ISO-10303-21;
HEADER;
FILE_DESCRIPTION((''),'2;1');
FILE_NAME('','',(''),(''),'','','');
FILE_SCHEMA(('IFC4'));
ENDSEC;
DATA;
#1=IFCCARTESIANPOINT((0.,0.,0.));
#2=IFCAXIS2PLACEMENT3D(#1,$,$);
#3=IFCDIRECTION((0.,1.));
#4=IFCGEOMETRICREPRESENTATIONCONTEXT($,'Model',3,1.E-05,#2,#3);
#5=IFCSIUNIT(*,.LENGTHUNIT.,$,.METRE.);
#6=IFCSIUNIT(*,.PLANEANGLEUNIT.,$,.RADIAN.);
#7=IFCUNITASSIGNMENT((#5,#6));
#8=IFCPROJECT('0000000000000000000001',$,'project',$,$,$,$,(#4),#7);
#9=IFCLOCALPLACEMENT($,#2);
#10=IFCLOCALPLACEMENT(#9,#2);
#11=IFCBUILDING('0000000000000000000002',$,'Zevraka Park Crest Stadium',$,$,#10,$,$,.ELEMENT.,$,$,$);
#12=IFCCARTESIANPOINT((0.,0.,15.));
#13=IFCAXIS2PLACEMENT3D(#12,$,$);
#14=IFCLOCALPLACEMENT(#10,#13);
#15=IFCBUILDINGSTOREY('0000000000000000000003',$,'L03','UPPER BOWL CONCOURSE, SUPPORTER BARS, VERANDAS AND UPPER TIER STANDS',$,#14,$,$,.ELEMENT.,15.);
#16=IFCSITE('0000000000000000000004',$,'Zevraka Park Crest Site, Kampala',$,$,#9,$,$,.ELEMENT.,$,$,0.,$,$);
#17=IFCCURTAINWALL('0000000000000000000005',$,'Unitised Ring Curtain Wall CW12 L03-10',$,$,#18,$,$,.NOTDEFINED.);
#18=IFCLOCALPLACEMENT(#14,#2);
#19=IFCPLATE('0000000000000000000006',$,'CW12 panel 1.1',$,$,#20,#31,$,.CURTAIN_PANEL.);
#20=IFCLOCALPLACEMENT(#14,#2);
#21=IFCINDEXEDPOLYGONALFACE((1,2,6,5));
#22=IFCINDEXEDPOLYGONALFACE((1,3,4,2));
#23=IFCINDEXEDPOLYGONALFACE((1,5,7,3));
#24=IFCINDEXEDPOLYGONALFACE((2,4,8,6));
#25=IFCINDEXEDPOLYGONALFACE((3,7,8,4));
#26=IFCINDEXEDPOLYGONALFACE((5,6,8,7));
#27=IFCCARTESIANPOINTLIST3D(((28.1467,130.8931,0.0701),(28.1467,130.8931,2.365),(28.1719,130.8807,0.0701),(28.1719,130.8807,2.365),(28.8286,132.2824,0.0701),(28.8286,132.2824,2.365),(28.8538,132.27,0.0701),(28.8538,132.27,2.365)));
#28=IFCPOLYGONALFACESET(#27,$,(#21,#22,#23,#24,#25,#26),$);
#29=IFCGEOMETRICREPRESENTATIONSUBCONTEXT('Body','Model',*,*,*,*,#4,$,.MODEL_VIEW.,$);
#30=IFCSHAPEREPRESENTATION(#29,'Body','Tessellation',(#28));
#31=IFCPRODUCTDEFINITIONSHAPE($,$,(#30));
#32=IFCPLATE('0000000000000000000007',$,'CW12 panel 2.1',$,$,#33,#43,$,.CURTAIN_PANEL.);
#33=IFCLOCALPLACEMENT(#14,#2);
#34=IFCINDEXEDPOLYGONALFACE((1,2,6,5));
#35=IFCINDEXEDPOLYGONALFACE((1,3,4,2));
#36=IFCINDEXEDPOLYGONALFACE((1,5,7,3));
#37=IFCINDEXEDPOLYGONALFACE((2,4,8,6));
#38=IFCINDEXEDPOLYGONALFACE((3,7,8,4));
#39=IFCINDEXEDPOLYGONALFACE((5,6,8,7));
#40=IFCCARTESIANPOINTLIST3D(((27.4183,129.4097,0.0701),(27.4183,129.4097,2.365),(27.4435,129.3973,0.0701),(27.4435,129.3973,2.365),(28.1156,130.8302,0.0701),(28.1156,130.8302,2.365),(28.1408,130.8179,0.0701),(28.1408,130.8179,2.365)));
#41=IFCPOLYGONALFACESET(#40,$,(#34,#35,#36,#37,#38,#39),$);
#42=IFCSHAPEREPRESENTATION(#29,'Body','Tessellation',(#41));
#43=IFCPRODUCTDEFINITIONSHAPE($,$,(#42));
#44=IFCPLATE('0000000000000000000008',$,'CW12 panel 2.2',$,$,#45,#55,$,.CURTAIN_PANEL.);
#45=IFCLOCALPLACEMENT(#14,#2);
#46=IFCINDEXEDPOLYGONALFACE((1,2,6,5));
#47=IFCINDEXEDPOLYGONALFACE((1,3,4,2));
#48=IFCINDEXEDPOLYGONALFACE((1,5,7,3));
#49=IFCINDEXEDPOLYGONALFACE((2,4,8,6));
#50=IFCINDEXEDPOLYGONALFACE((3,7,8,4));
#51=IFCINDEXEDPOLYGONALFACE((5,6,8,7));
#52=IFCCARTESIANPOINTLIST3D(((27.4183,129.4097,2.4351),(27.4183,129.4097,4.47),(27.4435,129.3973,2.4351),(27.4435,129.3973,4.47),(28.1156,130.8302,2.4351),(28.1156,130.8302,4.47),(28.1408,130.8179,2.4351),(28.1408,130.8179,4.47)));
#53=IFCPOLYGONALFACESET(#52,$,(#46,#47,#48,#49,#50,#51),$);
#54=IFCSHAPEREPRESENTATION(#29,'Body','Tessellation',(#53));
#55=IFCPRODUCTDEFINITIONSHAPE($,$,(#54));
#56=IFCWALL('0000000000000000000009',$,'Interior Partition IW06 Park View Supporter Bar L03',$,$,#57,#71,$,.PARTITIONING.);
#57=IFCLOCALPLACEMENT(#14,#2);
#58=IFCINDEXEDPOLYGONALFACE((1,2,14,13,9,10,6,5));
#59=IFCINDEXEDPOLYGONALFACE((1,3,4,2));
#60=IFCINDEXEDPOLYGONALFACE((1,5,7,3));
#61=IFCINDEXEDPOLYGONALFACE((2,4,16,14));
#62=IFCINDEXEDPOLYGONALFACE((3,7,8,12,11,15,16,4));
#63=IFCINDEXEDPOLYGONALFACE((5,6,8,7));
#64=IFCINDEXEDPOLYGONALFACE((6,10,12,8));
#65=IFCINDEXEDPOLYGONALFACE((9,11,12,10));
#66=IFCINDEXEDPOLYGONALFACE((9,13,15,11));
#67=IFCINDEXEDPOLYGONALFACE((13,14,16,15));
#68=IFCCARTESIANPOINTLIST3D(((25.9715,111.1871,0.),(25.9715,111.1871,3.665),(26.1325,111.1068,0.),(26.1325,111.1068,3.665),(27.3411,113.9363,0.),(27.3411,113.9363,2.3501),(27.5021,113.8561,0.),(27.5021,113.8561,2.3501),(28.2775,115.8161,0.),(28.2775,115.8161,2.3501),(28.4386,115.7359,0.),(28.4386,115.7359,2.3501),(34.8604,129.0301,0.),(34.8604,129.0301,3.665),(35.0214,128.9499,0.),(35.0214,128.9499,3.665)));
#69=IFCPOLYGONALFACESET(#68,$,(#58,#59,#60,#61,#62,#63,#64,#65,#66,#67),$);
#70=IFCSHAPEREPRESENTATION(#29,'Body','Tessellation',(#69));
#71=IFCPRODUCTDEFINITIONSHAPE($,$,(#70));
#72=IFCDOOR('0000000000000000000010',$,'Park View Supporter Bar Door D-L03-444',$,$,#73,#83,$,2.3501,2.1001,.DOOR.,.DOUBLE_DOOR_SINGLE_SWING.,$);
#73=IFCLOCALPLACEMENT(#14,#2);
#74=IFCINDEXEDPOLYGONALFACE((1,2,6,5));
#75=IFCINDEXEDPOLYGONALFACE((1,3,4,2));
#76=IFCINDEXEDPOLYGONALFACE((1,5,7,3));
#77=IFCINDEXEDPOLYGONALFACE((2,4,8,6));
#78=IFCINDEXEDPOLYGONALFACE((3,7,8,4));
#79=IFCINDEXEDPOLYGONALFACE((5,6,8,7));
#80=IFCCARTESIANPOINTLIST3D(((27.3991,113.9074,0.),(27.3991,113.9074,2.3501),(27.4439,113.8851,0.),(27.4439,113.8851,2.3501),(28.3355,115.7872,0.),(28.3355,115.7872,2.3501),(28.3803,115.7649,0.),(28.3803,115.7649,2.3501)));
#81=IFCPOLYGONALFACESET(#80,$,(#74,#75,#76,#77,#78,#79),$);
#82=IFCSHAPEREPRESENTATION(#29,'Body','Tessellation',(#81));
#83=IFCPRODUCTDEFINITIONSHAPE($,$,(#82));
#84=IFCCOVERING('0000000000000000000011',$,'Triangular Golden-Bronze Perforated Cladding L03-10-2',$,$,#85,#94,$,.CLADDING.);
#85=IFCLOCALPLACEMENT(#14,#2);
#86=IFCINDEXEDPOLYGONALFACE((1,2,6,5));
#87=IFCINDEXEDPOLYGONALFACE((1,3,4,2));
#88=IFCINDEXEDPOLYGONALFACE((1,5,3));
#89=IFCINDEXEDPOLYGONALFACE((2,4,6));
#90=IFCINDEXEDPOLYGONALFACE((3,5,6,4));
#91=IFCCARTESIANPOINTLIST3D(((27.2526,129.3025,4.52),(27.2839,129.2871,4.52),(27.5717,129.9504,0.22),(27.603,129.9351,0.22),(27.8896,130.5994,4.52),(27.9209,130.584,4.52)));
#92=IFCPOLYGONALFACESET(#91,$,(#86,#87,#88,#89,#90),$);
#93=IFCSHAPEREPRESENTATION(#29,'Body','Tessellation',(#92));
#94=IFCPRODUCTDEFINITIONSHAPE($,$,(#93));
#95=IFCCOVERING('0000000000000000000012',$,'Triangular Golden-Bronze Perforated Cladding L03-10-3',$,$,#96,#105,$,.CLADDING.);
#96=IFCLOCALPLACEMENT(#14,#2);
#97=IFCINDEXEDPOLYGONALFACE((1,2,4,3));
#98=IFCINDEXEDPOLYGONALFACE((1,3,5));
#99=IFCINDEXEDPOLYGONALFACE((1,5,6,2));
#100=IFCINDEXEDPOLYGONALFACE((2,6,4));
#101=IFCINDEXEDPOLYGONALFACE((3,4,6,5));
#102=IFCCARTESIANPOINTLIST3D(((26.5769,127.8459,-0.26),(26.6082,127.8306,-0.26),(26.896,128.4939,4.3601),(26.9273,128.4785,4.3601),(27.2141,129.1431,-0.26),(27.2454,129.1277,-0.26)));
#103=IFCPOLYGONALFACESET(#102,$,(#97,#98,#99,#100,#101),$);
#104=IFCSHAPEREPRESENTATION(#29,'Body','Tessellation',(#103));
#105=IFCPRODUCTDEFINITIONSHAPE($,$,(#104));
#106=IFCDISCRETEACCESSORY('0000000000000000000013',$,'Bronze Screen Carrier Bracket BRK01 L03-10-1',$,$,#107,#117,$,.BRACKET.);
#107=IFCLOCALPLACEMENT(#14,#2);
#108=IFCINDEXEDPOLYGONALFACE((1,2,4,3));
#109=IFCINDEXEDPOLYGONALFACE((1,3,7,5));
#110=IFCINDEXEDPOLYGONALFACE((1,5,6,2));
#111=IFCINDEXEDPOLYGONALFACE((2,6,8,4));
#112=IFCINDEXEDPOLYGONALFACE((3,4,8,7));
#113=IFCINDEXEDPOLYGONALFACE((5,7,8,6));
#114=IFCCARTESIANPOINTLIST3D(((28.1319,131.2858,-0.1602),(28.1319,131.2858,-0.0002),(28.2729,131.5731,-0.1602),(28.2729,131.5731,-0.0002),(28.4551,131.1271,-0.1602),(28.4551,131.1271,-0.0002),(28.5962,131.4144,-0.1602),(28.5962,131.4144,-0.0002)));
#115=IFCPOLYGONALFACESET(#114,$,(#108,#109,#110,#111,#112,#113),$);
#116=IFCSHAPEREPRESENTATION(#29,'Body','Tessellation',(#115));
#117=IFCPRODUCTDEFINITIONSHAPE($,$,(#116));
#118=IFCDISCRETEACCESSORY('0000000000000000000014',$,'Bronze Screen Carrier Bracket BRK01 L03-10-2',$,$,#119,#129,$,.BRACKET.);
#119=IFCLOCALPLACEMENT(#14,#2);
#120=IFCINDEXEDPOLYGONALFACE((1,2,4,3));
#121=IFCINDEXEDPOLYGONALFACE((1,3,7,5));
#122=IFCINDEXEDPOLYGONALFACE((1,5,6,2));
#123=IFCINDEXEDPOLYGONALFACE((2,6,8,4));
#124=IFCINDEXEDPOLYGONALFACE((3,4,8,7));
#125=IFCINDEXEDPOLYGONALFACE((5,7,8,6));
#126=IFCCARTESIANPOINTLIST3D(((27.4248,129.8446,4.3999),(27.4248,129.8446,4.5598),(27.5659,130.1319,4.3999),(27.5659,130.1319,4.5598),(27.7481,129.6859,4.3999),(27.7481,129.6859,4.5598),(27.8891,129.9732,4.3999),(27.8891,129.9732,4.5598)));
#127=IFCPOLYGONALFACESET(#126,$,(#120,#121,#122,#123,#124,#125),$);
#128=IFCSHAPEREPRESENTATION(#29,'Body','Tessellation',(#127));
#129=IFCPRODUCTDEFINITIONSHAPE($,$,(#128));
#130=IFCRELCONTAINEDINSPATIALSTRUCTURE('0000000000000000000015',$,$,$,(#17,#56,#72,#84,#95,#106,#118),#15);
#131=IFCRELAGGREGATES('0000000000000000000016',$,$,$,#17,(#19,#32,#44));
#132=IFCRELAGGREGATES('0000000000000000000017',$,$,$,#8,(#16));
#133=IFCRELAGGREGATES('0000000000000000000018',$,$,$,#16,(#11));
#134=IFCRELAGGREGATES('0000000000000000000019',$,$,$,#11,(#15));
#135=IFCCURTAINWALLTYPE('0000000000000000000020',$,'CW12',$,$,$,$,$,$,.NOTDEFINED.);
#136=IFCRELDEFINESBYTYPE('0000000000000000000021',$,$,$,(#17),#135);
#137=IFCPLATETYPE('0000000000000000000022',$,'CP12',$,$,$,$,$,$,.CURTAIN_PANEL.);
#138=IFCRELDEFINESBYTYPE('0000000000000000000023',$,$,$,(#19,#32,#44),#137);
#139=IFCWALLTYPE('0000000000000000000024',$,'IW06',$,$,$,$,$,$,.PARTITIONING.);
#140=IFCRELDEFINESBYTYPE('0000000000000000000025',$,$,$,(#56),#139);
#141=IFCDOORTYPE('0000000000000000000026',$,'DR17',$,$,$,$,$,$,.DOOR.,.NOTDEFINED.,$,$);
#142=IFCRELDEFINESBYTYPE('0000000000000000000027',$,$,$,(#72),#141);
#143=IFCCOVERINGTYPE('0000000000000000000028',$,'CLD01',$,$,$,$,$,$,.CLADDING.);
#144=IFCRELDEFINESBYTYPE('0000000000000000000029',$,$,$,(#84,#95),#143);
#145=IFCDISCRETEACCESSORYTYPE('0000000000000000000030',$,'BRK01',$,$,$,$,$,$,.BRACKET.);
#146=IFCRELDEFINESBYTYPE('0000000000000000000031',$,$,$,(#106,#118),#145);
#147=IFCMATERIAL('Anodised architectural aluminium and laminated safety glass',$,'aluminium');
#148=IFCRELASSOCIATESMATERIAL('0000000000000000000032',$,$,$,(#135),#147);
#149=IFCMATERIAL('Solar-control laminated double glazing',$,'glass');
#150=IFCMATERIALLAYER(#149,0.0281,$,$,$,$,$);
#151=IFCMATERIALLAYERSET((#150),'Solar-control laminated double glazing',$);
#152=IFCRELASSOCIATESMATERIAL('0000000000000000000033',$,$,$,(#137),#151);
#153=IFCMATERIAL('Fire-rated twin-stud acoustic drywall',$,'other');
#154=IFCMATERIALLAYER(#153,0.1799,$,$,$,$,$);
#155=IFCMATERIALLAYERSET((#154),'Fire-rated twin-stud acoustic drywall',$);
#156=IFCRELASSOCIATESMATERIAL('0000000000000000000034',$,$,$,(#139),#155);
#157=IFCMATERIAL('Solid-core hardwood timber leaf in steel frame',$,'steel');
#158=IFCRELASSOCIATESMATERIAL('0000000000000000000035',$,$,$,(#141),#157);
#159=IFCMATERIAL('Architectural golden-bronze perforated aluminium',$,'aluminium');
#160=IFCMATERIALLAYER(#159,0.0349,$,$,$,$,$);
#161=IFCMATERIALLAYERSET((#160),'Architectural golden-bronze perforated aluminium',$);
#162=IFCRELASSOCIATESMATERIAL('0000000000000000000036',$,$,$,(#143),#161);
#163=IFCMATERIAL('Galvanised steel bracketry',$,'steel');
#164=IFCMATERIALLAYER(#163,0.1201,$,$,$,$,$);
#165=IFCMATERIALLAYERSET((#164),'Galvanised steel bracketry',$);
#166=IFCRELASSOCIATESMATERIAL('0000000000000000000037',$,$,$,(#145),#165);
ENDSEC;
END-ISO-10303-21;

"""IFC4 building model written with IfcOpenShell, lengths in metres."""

from ifc_helpers import new_model, si_unit, direction, frame, frame_2d, origin, origin_2d, place, context, subcontext, project, spatial, polyline, rectangle, outline, extrude, material, layer, layer_set, type_object, element, fill, aggregate, save


model = new_model("IFC4")

# Units and contexts
model_context = context("Model", 3, precision=1e-05, world=origin(), true_north=direction((0.0, 1.0)))
body_context = subcontext(model_context, "Body", "Model", "MODEL_VIEW")
ifc_project = project(units=[si_unit("LENGTHUNIT", "METRE"), si_unit("PLANEANGLEUNIT", "RADIAN")], contexts=[model_context])

# Site, building, storey
site_placement = place(None, origin())
site = spatial("IfcSite", under=ifc_project, at=site_placement, Name="Zevraka Park Crest Site, Kampala", CompositionType="ELEMENT", RefElevation=0.0)
building_placement = place(site_placement, origin())
building = spatial("IfcBuilding", under=site, at=building_placement, Name="Zevraka Park Crest Stadium", CompositionType="ELEMENT")
storey_placement = place(building_placement, frame((0.0, 0.0, 15.0)))
storey = spatial("IfcBuildingStorey", under=building, at=storey_placement, Name="L03", Description="UPPER BOWL CONCOURSE, SUPPORTER BARS, VERANDAS AND UPPER TIER STANDS", CompositionType="ELEMENT", Elevation=15.0)

# Curtain wall
ifc_material_1 = material(Name="Anodised architectural aluminium and laminated safety glass", Category="aluminium")
curtain_wall_type = type_object("IfcCurtainWallType", Name="CW12", PredefinedType="NOTDEFINED", material=ifc_material_1)
curtain_wall_placement = place(storey_placement, origin())
curtain_wall = element("IfcCurtainWall", 1, at=curtain_wall_placement, inside=storey, type_object=curtain_wall_type, Name="Unitised Ring Curtain Wall CW12 L03-10", PredefinedType="NOTDEFINED")

# Plates
ifc_material_2 = material(Name="Solar-control laminated double glazing", Category="glass")
ifc_layer_1 = layer(ifc_material_2, 0.0281)
ifc_layer_set_1 = layer_set([ifc_layer_1], Name="Solar-control laminated double glazing")
plate_type = type_object("IfcPlateType", Name="CP12", PredefinedType="CURTAIN_PANEL", material=ifc_layer_set_1)
plate_1_placement = place(storey_placement, frame((28.5002, 131.5815, 0.0701), z_axis=(0.0, 0.0, 1.0), x_axis=(-0.440666, -0.897671, 0.0)))
plate_1 = element("IfcPlate", 2, at=plate_1_placement, type_object=plate_type, Name="CW12 panel 1.1", PredefinedType="CURTAIN_PANEL", context=body_context, shape_type="SweptSolid", body=[
    extrude(rectangle(XDim=1.5476, YDim=0.0281, at=origin_2d()), origin(), (0.0, 0.0, 1.0), 2.2949),
])
plate_2_placement = place(storey_placement, frame((27.7795, 130.1138, 0.0701), z_axis=(0.0, 0.0, 1.0), x_axis=(-0.440666, -0.897671, 0.0)))
plate_2 = element("IfcPlate", 3, at=plate_2_placement, type_object=plate_type, Name="CW12 panel 2.1", PredefinedType="CURTAIN_PANEL", context=body_context, shape_type="SweptSolid", body=[
    extrude(rectangle(XDim=1.5825, YDim=0.0281, at=origin_2d()), origin(), (0.0, 0.0, 1.0), 2.2949),
])
plate_3_placement = place(storey_placement, frame((27.7795, 130.1138, 2.4351), z_axis=(0.0, 0.0, 1.0), x_axis=(-0.440666, -0.897671, 0.0)))
plate_3 = element("IfcPlate", 4, at=plate_3_placement, type_object=plate_type, Name="CW12 panel 2.2", PredefinedType="CURTAIN_PANEL", context=body_context, shape_type="SweptSolid", body=[
    extrude(rectangle(XDim=1.5825, YDim=0.0281, at=origin_2d()), origin(), (0.0, 0.0, 1.0), 2.0349),
])
aggregate(curtain_wall, [plate_1, plate_2, plate_3])

# Wall, opening, door
ifc_material_3 = material(Name="Fire-rated twin-stud acoustic drywall", Category="other")
ifc_layer_2 = layer(ifc_material_3, 0.1799)
ifc_layer_set_2 = layer_set([ifc_layer_2], Name="Fire-rated twin-stud acoustic drywall")
wall_type = type_object("IfcWallType", Name="IW06", PredefinedType="PARTITIONING", material=ifc_layer_set_2)
wall_placement = place(storey_placement, frame((34.9409, 128.99, 0.0), z_axis=(0.0, 0.0, 1.0), x_axis=(-0.445905, -0.89508, 0.0)))
wall = element("IfcWall", 5, at=wall_placement, inside=storey, type_object=wall_type, Name="Interior Partition IW06 Park View Supporter Bar L03", PredefinedType="PARTITIONING", context=body_context, shape_type="SweptSolid", body=[
    extrude(rectangle(XDim=19.9346, YDim=0.1799, at=frame_2d((9.9673, 0.0))), origin(), (0.0, 0.0, 1.0), 3.665),
])
opening_placement = place(wall_placement, frame((14.7629, 0.0, 0.0)))
opening = element("IfcOpeningElement", 6, at=opening_placement, cuts=wall, PredefinedType="OPENING", context=body_context, shape_type="SweptSolid", body=[
    extrude(rectangle(XDim=2.1001, YDim=2.3501, at=frame_2d((1.05, 1.175))), frame((0.0, 0.0999, 0.0), z_axis=(0.0, -1.0, 0.0), x_axis=(1.0, 0.0, 0.0)), (0.0, 0.0, 1.0), 0.2),
])
ifc_material_4 = material(Name="Solid-core hardwood timber leaf in steel frame", Category="steel")
door_type = type_object("IfcDoorType", Name="DR17", OperationType="NOTDEFINED", PredefinedType="DOOR", material=ifc_material_4)
door_placement = place(opening_placement, origin())
door = element("IfcDoor", 7, at=door_placement, inside=storey, type_object=door_type, Name="Park View Supporter Bar Door D-L03-444", OperationType="DOUBLE_DOOR_SINGLE_SWING", OverallHeight=2.3501, OverallWidth=2.1001, PredefinedType="DOOR", context=body_context, shape_type="SweptSolid", body=[
    extrude(rectangle(XDim=2.1001, YDim=2.3501, at=frame_2d((1.05, 1.175))), frame((0.0, 0.0249, 0.0), z_axis=(0.0, -1.0, 0.0), x_axis=(1.0, 0.0, 0.0)), (0.0, 0.0, 1.0), 0.05),
])
fill(opening, door)

# Coverings
ifc_material_5 = material(Name="Architectural golden-bronze perforated aluminium", Category="aluminium")
ifc_layer_3 = layer(ifc_material_5, 0.0349)
ifc_layer_set_3 = layer_set([ifc_layer_3], Name="Architectural golden-bronze perforated aluminium")
covering_type = type_object("IfcCoveringType", Name="CLD01", PredefinedType="CLADDING", material=ifc_layer_set_3)
covering_1_placement = place(storey_placement, frame((27.2839, 129.2871, 4.52), z_axis=(0.897581, -0.440849, 0.000177), x_axis=(0.440849, 0.897581, 0.0)))
element("IfcCovering", 8, at=covering_1_placement, inside=storey, type_object=covering_type, Name="Triangular Golden-Bronze Perforated Cladding L03-10-2", PredefinedType="CLADDING", context=body_context, shape_type="SweptSolid", body=[
    extrude(outline(polyline([(0.0, 0.0), (1.4449, 0.0), (0.7223, -4.3), (0.0, 0.0)])), origin(), (0.0, 0.0, -1.0), 0.0349),
])
covering_2_placement = place(storey_placement, frame((27.2141, 129.1431, -0.26), z_axis=(-0.897547, 0.440918, 0.000153), x_axis=(-0.440918, -0.897547, 0.0)))
element("IfcCovering", 9, at=covering_2_placement, inside=storey, type_object=covering_type, Name="Triangular Golden-Bronze Perforated Cladding L03-10-3", PredefinedType="CLADDING", context=body_context, shape_type="SweptSolid", body=[
    extrude(outline(polyline([(0.0, 0.0), (1.4452, 0.0), (0.7229, 4.6201), (0.0, 0.0)])), origin(), (0.0, 0.0, -1.0), 0.0349),
])

# Discrete accessories
ifc_material_6 = material(Name="Galvanised steel bracketry", Category="steel")
ifc_layer_4 = layer(ifc_material_6, 0.1201)
ifc_layer_set_4 = layer_set([ifc_layer_4], Name="Galvanised steel bracketry")
discrete_accessory_type = type_object("IfcDiscreteAccessoryType", Name="BRK01", PredefinedType="BRACKET", material=ifc_layer_set_4)
for number, where, z_axis, x_axis, name in (
    (10, (28.364, 131.3501, -0.1602), (0.0, 0.0, 1.0), (-0.440723, -0.897643, 0.0), "Bronze Screen Carrier Bracket BRK01 L03-10-1"),
    (11, (27.657, 129.9089, 4.3999), (0.0, 0.0, 1.0), (-0.440723, -0.897643, 0.0), "Bronze Screen Carrier Bracket BRK01 L03-10-2"),
):
    element("IfcDiscreteAccessory", number, at=place(storey_placement, frame(where, z_axis=z_axis, x_axis=x_axis)), inside=storey, type_object=discrete_accessory_type, Name=name, PredefinedType="BRACKET", context=body_context, shape_type="SweptSolid", body=[
        extrude(rectangle(XDim=0.3201, YDim=0.3601, at=origin_2d()), origin(), (0.0, 0.0, 1.0), 0.1599),
    ])

save(model, "model.ifc")
